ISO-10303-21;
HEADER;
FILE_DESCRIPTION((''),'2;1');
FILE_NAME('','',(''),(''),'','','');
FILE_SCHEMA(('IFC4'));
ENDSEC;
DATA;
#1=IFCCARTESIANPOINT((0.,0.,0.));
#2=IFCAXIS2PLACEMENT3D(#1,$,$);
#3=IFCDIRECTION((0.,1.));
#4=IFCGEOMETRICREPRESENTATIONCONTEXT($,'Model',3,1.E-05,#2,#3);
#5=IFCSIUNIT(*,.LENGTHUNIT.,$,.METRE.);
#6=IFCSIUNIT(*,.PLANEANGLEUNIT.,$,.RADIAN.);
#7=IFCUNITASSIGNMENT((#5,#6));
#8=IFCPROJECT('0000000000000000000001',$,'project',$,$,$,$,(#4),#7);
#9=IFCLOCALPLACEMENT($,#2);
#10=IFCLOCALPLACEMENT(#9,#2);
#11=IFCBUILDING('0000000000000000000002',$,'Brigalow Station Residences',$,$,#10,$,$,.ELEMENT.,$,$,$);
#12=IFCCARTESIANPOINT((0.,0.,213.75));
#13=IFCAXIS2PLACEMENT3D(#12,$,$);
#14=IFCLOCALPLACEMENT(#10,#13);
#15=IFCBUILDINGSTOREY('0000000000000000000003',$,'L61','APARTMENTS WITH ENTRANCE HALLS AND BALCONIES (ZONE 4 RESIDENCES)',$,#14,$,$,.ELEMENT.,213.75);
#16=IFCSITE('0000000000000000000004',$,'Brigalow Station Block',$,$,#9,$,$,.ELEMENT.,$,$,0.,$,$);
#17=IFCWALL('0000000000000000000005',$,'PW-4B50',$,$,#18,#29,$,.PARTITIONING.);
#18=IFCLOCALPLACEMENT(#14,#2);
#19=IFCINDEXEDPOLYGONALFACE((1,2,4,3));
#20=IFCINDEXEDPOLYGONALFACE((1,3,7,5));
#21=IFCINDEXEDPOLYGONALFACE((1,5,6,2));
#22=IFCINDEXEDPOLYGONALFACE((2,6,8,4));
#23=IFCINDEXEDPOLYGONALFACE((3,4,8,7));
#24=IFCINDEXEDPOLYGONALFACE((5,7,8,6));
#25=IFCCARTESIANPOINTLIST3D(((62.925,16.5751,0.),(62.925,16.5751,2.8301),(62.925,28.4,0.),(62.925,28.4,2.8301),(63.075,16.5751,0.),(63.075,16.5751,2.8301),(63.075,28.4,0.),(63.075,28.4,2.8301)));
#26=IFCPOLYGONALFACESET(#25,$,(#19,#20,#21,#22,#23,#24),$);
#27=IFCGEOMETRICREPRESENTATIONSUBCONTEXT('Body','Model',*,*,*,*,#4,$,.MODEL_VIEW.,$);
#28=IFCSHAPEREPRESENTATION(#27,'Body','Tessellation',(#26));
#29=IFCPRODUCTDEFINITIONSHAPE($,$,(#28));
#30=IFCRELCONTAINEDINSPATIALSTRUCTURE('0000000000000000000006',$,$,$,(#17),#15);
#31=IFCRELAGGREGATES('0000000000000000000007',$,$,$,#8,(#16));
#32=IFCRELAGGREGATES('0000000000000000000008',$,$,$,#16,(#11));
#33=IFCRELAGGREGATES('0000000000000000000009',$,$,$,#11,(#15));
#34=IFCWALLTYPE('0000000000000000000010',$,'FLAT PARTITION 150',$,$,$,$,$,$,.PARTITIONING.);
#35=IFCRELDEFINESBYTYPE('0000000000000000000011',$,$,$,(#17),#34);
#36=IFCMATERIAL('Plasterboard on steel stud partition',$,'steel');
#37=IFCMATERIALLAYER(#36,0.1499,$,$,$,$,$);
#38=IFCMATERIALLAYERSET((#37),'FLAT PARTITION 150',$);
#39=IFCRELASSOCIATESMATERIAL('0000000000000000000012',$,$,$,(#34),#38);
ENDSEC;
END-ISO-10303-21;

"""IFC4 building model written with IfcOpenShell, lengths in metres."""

from ifc_helpers import new_model, si_unit, direction, frame, frame_2d, origin, place, context, subcontext, project, spatial, rectangle, extrude, material, layer, layer_set, type_object, element, save


model = new_model("IFC4")

# Units and contexts
model_context = context("Model", 3, precision=1e-05, world=origin(), true_north=direction((0.0, 1.0)))
body_context = subcontext(model_context, "Body", "Model", "MODEL_VIEW")
ifc_project = project(units=[si_unit("LENGTHUNIT", "METRE"), si_unit("PLANEANGLEUNIT", "RADIAN")], contexts=[model_context])

# Site, building, storey
site_placement = place(None, origin())
site = spatial("IfcSite", under=ifc_project, at=site_placement, Name="Brigalow Station Block", CompositionType="ELEMENT", RefElevation=0.0)
building_placement = place(site_placement, origin())
building = spatial("IfcBuilding", under=site, at=building_placement, Name="Brigalow Station Residences", CompositionType="ELEMENT")
storey_placement = place(building_placement, frame((0.0, 0.0, 213.75)))
storey = spatial("IfcBuildingStorey", under=building, at=storey_placement, Name="L61", Description="APARTMENTS WITH ENTRANCE HALLS AND BALCONIES (ZONE 4 RESIDENCES)", CompositionType="ELEMENT", Elevation=213.75)

# Wall
ifc_material_1 = material(Name="Plasterboard on steel stud partition", Category="steel")
ifc_layer_1 = layer(ifc_material_1, 0.1499)
ifc_layer_set_1 = layer_set([ifc_layer_1], Name="FLAT PARTITION 150")
wall_type_1 = type_object("IfcWallType", Name="FLAT PARTITION 150", PredefinedType="PARTITIONING", material=ifc_layer_set_1)
wall_1_placement = place(storey_placement, frame((63.0, 16.575, 0.0), z_axis=(0.0, 0.0, 1.0), x_axis=(0.0, 1.0, 0.0)))
element("IfcWall", 1, at=wall_1_placement, inside=storey, type_object=wall_type_1, Name="PW-4B50", PredefinedType="PARTITIONING", context=body_context, shape_type="SweptSolid", body=[
    extrude(rectangle(XDim=11.825, YDim=0.1499, at=frame_2d((5.9126, 0.0))), origin(), (0.0, 0.0, 1.0), 2.8301),
])

save(model, "model.ifc")
